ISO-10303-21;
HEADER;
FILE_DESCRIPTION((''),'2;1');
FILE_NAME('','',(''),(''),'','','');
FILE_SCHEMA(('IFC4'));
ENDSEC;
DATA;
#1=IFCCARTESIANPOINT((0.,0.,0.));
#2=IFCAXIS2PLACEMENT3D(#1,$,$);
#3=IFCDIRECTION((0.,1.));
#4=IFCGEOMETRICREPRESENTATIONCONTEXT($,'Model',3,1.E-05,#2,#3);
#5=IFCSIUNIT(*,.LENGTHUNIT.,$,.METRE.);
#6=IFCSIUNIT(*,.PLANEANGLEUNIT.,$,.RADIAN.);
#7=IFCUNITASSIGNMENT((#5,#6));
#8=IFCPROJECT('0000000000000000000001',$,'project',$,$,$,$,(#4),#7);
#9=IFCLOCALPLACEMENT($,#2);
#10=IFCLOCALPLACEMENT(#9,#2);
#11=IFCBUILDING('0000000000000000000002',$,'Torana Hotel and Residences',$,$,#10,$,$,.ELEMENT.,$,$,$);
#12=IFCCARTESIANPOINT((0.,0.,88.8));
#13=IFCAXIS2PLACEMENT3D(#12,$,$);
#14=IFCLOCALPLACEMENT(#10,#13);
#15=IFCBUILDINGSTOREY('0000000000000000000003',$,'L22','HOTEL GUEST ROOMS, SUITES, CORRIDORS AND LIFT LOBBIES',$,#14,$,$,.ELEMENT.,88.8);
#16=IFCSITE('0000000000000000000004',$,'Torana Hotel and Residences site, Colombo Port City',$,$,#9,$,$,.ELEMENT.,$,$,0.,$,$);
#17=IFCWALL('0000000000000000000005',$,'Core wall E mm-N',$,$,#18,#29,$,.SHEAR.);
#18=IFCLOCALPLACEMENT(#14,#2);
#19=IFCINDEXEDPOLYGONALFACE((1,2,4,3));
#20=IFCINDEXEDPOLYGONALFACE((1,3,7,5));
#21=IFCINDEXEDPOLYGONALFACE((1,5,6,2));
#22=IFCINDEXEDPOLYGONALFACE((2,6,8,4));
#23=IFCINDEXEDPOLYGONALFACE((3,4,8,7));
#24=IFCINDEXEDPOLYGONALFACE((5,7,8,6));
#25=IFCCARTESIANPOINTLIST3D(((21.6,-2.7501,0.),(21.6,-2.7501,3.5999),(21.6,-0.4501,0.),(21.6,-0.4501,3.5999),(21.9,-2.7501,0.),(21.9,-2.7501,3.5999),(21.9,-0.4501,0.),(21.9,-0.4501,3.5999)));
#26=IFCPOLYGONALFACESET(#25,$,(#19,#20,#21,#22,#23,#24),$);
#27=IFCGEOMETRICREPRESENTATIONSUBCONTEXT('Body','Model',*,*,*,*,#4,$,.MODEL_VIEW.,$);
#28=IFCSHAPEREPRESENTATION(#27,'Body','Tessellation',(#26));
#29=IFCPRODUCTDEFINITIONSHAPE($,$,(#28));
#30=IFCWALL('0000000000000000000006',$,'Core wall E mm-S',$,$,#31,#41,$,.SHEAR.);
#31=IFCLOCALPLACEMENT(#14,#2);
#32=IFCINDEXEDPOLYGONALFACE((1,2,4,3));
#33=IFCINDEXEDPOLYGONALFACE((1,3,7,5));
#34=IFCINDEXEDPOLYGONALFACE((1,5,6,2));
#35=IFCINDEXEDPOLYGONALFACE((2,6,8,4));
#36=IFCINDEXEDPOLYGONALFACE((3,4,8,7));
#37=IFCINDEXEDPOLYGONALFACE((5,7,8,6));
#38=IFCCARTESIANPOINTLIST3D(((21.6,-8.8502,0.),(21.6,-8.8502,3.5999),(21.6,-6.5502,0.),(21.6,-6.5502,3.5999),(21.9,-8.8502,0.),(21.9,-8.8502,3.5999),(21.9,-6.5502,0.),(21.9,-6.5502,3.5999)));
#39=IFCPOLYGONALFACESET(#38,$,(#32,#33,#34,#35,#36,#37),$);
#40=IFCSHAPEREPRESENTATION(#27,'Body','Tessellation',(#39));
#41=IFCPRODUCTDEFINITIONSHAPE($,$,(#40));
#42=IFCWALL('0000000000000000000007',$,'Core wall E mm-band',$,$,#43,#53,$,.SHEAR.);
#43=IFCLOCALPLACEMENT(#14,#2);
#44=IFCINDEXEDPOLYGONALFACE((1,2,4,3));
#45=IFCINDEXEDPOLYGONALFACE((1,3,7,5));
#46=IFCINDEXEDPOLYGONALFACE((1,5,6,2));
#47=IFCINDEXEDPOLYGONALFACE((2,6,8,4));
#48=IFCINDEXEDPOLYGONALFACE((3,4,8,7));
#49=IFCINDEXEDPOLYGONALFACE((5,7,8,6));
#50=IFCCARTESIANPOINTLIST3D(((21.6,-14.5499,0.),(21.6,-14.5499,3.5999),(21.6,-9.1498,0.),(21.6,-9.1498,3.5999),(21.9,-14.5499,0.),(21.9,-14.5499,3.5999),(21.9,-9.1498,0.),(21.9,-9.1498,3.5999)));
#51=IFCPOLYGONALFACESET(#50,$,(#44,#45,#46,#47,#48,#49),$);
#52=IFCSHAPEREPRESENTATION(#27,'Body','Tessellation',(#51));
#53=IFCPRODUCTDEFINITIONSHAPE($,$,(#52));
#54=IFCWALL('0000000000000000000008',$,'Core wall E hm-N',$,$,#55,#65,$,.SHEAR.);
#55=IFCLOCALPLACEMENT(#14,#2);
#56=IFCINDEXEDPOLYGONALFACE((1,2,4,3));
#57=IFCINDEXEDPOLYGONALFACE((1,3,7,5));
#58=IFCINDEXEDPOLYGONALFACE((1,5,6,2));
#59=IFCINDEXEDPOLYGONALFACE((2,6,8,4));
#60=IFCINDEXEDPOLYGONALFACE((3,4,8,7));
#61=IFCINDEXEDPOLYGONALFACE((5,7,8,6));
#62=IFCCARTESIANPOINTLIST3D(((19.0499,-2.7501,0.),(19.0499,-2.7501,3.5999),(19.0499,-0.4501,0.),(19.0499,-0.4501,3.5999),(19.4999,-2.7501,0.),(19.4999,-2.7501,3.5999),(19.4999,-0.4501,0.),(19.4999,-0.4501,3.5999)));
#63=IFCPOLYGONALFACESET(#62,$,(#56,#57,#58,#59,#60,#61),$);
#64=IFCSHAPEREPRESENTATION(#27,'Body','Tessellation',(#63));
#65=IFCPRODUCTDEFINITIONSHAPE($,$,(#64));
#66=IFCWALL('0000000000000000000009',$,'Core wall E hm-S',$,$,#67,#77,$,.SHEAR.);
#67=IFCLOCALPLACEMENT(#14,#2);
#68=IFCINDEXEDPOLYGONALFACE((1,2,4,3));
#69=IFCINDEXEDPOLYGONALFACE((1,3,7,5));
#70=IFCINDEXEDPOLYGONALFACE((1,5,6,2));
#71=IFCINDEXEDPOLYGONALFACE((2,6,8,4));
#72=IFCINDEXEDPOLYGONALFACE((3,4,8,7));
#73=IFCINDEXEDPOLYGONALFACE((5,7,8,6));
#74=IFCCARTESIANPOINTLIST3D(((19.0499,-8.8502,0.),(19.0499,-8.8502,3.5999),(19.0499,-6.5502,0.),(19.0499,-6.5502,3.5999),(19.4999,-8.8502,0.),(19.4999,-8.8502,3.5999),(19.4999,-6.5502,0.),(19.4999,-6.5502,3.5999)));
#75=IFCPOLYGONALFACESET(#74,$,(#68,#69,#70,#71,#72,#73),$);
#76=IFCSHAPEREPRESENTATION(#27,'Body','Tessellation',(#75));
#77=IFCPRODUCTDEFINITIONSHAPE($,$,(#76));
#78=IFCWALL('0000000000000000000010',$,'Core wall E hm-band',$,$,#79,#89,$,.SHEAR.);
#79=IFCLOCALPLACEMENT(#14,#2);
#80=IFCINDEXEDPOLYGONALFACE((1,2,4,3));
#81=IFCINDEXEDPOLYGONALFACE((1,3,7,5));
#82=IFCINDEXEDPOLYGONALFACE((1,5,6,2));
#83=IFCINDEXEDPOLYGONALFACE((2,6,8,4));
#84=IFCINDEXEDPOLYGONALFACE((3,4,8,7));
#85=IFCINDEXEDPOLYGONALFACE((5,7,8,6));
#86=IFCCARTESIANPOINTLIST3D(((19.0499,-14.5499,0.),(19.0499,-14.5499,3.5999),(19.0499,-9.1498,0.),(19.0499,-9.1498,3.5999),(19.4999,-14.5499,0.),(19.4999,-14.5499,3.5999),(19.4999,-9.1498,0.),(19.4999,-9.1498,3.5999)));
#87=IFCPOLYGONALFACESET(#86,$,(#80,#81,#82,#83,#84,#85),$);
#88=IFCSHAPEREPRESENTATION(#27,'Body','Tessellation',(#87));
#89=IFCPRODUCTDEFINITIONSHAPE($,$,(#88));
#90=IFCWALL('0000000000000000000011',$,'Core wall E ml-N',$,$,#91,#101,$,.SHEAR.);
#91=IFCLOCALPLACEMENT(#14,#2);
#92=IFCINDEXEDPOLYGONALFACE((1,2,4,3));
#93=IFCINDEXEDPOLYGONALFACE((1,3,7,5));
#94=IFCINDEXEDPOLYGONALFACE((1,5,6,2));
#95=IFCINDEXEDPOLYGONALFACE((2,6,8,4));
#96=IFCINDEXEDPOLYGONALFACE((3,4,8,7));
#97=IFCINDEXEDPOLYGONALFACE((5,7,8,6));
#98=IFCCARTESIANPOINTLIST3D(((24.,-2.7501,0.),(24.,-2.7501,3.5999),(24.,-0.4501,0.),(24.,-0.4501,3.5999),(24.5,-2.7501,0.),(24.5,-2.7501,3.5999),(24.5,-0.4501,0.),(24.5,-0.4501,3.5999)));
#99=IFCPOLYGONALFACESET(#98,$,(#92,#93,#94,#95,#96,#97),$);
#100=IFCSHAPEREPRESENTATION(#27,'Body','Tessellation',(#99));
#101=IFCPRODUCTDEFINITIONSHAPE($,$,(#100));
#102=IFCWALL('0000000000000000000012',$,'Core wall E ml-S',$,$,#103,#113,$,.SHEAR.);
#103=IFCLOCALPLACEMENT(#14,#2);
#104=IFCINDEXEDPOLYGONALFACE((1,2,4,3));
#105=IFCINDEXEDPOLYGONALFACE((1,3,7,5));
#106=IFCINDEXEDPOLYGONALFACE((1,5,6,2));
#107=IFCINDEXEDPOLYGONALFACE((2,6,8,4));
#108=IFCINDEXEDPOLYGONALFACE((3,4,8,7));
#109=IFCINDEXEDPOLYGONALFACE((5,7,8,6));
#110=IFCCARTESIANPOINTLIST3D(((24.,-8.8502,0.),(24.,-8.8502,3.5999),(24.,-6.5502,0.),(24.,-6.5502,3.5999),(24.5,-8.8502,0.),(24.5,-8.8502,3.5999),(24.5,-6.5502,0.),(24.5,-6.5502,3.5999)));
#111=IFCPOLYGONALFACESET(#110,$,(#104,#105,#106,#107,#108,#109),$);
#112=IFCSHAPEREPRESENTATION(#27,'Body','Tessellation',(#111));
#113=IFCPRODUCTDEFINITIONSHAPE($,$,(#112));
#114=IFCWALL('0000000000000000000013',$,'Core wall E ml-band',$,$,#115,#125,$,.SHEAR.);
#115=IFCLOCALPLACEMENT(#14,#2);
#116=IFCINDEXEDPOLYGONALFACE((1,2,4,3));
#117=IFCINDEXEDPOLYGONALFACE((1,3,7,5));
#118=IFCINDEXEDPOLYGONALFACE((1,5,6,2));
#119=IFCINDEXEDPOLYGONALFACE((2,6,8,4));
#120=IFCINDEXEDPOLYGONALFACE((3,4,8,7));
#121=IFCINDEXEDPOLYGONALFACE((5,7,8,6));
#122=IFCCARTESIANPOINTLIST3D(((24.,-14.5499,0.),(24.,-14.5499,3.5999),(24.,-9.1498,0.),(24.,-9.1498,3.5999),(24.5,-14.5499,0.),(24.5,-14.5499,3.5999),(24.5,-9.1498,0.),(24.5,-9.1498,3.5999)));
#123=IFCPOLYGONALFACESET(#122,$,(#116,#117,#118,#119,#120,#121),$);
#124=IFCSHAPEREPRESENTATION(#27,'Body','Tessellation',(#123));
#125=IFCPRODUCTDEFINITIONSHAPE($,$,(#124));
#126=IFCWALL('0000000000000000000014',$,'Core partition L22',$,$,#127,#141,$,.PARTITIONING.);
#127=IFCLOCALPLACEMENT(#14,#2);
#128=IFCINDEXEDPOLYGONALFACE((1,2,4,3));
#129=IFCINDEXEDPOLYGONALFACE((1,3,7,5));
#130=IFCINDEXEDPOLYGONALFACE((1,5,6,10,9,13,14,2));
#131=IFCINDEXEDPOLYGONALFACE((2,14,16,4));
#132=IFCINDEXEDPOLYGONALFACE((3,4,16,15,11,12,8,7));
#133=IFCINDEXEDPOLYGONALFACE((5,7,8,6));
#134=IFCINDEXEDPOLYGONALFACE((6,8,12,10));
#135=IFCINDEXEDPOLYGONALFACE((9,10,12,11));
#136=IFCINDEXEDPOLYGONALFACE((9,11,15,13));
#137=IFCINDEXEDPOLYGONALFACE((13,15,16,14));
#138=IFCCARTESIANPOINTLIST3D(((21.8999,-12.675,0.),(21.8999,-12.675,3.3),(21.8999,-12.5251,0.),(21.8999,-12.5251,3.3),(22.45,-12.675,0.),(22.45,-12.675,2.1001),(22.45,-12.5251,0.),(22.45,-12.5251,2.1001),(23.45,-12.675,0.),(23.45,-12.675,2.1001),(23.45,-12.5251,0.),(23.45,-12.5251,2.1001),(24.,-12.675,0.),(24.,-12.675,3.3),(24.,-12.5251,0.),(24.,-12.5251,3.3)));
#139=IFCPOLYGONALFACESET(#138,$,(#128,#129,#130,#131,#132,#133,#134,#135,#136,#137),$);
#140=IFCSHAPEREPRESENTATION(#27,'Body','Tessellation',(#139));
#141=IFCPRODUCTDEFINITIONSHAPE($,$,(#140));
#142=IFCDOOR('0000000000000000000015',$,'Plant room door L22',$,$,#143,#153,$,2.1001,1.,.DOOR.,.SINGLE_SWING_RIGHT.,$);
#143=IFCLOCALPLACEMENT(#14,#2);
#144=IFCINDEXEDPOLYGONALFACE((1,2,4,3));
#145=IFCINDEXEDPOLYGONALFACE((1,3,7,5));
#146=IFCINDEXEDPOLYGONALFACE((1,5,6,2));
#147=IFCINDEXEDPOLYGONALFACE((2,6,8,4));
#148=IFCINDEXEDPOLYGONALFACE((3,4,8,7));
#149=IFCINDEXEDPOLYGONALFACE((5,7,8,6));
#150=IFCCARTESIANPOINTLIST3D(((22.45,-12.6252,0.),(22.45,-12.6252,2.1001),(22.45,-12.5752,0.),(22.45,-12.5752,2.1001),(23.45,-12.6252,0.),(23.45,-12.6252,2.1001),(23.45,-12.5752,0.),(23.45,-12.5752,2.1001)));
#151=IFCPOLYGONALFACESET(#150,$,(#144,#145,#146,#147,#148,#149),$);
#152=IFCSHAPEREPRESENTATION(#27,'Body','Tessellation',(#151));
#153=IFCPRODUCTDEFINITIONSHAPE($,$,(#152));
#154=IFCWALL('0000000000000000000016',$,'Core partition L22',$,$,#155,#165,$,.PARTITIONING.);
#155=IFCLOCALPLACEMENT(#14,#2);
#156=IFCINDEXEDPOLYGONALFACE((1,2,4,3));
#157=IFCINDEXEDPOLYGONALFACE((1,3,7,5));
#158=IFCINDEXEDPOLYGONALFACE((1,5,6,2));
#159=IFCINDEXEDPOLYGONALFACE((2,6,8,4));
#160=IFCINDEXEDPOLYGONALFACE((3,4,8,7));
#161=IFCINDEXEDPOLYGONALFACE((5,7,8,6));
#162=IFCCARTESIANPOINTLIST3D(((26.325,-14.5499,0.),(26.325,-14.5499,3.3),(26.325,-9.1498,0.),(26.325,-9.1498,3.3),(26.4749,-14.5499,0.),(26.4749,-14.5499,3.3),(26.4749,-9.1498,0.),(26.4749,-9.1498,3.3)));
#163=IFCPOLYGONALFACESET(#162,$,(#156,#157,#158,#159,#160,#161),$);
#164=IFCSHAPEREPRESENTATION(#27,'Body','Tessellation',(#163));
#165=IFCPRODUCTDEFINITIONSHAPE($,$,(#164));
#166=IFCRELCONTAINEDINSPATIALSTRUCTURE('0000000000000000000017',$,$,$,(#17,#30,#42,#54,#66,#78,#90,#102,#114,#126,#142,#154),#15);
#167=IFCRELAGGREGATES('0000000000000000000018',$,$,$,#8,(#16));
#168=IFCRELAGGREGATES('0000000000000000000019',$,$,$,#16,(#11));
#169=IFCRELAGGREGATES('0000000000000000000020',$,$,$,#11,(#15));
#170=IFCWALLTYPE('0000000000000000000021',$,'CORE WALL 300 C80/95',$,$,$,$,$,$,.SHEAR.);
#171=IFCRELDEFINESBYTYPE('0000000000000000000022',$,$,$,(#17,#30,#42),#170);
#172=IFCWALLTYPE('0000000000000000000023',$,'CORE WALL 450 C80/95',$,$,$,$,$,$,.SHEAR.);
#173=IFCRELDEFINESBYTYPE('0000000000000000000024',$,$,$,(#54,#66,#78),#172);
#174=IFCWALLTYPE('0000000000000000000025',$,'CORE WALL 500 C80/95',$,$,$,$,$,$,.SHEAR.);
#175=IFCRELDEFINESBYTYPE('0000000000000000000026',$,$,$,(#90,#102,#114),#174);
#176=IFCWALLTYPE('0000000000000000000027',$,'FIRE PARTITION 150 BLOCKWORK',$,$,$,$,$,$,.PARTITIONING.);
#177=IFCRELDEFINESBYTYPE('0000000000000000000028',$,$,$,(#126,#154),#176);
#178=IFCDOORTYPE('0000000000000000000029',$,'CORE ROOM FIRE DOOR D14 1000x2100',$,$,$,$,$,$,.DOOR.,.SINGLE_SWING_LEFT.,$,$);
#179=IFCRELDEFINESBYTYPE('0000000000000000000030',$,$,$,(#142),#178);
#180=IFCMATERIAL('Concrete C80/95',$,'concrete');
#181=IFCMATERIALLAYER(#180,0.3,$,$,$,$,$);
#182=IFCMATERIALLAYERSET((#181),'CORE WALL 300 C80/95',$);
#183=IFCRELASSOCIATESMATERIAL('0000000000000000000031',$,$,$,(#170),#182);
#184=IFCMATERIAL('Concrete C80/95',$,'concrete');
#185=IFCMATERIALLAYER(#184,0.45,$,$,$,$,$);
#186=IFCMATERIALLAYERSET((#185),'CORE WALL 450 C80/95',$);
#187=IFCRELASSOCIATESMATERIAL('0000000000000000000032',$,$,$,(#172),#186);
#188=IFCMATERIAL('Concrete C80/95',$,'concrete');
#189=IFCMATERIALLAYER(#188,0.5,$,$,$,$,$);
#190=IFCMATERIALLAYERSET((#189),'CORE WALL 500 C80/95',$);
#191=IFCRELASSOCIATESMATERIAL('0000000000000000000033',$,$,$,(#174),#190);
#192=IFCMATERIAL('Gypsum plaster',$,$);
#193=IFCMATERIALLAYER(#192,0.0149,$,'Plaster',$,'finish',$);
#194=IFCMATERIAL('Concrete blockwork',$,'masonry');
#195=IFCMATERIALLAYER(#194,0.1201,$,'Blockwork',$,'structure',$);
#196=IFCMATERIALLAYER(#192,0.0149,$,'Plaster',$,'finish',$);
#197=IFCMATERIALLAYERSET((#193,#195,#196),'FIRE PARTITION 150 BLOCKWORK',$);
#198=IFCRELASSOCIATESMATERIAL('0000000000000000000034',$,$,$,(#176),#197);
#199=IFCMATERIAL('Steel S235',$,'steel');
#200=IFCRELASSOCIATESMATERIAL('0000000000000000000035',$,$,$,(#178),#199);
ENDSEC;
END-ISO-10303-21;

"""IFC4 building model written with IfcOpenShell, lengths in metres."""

from ifc_helpers import new_model, si_unit, direction, frame, frame_2d, origin, place, context, subcontext, project, spatial, rectangle, extrude, material, layer, layer_set, type_object, element, fill, save


model = new_model("IFC4")

# Units and contexts
model_context = context("Model", 3, precision=1e-05, world=origin(), true_north=direction((0.0, 1.0)))
body_context = subcontext(model_context, "Body", "Model", "MODEL_VIEW")
ifc_project = project(units=[si_unit("LENGTHUNIT", "METRE"), si_unit("PLANEANGLEUNIT", "RADIAN")], contexts=[model_context])

# Site, building, storey
site_placement = place(None, origin())
site = spatial("IfcSite", under=ifc_project, at=site_placement, Name="Torana Hotel and Residences site, Colombo Port City", CompositionType="ELEMENT", RefElevation=0.0)
building_placement = place(site_placement, origin())
building = spatial("IfcBuilding", under=site, at=building_placement, Name="Torana Hotel and Residences", CompositionType="ELEMENT")
storey_placement = place(building_placement, frame((0.0, 0.0, 88.8)))
storey = spatial("IfcBuildingStorey", under=building, at=storey_placement, Name="L22", Description="HOTEL GUEST ROOMS, SUITES, CORRIDORS AND LIFT LOBBIES", CompositionType="ELEMENT", Elevation=88.8)

# Walls
ifc_material_1 = material(Name="Concrete C80/95", Category="concrete")
ifc_layer_1 = layer(ifc_material_1, 0.3)
ifc_layer_set_1 = layer_set([ifc_layer_1], Name="CORE WALL 300 C80/95")
wall_type_1 = type_object("IfcWallType", Name="CORE WALL 300 C80/95", PredefinedType="SHEAR", material=ifc_layer_set_1)
for number, where, z_axis, x_axis, name in (
    (1, (21.75, -2.75, 0.0), (0.0, 0.0, 1.0), (0.0, 1.0, 0.0), "Core wall E mm-N"),
    (2, (21.75, -8.8501, 0.0), (0.0, 0.0, 1.0), (0.0, 1.0, 0.0), "Core wall E mm-S"),
):
    element("IfcWall", number, at=place(storey_placement, frame(where, z_axis=z_axis, x_axis=x_axis)), inside=storey, type_object=wall_type_1, Name=name, PredefinedType="SHEAR", context=body_context, shape_type="SweptSolid", body=[
        extrude(rectangle(XDim=2.3, YDim=0.3, at=frame_2d((1.1499, 0.0))), origin(), (0.0, 0.0, 1.0), 3.5999),
    ])
wall_1_placement = place(storey_placement, frame((21.75, -14.55, 0.0), z_axis=(0.0, 0.0, 1.0), x_axis=(0.0, 1.0, 0.0)))
element("IfcWall", 3, at=wall_1_placement, inside=storey, type_object=wall_type_1, Name="Core wall E mm-band", PredefinedType="SHEAR", context=body_context, shape_type="SweptSolid", body=[
    extrude(rectangle(XDim=5.4001, YDim=0.3, at=frame_2d((2.7002, 0.0))), origin(), (0.0, 0.0, 1.0), 3.5999),
])
ifc_material_2 = material(Name="Concrete C80/95", Category="concrete")
ifc_layer_2 = layer(ifc_material_2, 0.45)
ifc_layer_set_2 = layer_set([ifc_layer_2], Name="CORE WALL 450 C80/95")
wall_type_2 = type_object("IfcWallType", Name="CORE WALL 450 C80/95", PredefinedType="SHEAR", material=ifc_layer_set_2)
for number, where, z_axis, x_axis, name in (
    (4, (19.2749, -2.75, 0.0), (0.0, 0.0, 1.0), (0.0, 1.0, 0.0), "Core wall E hm-N"),
    (5, (19.2749, -8.8501, 0.0), (0.0, 0.0, 1.0), (0.0, 1.0, 0.0), "Core wall E hm-S"),
):
    element("IfcWall", number, at=place(storey_placement, frame(where, z_axis=z_axis, x_axis=x_axis)), inside=storey, type_object=wall_type_2, Name=name, PredefinedType="SHEAR", context=body_context, shape_type="SweptSolid", body=[
        extrude(rectangle(XDim=2.3, YDim=0.45, at=frame_2d((1.1499, 0.0))), origin(), (0.0, 0.0, 1.0), 3.5999),
    ])
wall_2_placement = place(storey_placement, frame((19.2749, -14.55, 0.0), z_axis=(0.0, 0.0, 1.0), x_axis=(0.0, 1.0, 0.0)))
element("IfcWall", 6, at=wall_2_placement, inside=storey, type_object=wall_type_2, Name="Core wall E hm-band", PredefinedType="SHEAR", context=body_context, shape_type="SweptSolid", body=[
    extrude(rectangle(XDim=5.4001, YDim=0.45, at=frame_2d((2.7002, 0.0))), origin(), (0.0, 0.0, 1.0), 3.5999),
])
ifc_material_3 = material(Name="Concrete C80/95", Category="concrete")
ifc_layer_3 = layer(ifc_material_3, 0.5)
ifc_layer_set_3 = layer_set([ifc_layer_3], Name="CORE WALL 500 C80/95")
wall_type_3 = type_object("IfcWallType", Name="CORE WALL 500 C80/95", PredefinedType="SHEAR", material=ifc_layer_set_3)
for number, where, z_axis, x_axis, name in (
    (7, (24.25, -2.75, 0.0), (0.0, 0.0, 1.0), (0.0, 1.0, 0.0), "Core wall E ml-N"),
    (8, (24.25, -8.8501, 0.0), (0.0, 0.0, 1.0), (0.0, 1.0, 0.0), "Core wall E ml-S"),
):
    element("IfcWall", number, at=place(storey_placement, frame(where, z_axis=z_axis, x_axis=x_axis)), inside=storey, type_object=wall_type_3, Name=name, PredefinedType="SHEAR", context=body_context, shape_type="SweptSolid", body=[
        extrude(rectangle(XDim=2.3, YDim=0.5, at=frame_2d((1.1499, 0.0))), origin(), (0.0, 0.0, 1.0), 3.5999),
    ])
wall_3_placement = place(storey_placement, frame((24.25, -14.55, 0.0), z_axis=(0.0, 0.0, 1.0), x_axis=(0.0, 1.0, 0.0)))
element("IfcWall", 9, at=wall_3_placement, inside=storey, type_object=wall_type_3, Name="Core wall E ml-band", PredefinedType="SHEAR", context=body_context, shape_type="SweptSolid", body=[
    extrude(rectangle(XDim=5.4001, YDim=0.5, at=frame_2d((2.7002, 0.0))), origin(), (0.0, 0.0, 1.0), 3.5999),
])

# Wall, opening, door
ifc_material_4 = material(Name="Gypsum plaster")
ifc_layer_4 = layer(ifc_material_4, 0.0149, Name="Plaster", Category="finish")
ifc_material_5 = material(Name="Concrete blockwork", Category="masonry")
ifc_layer_5 = layer(ifc_material_5, 0.1201, Name="Blockwork", Category="structure")
ifc_layer_6 = layer(ifc_material_4, 0.0149, Name="Plaster", Category="finish")
ifc_layer_set_4 = layer_set([ifc_layer_4, ifc_layer_5, ifc_layer_6], Name="FIRE PARTITION 150 BLOCKWORK")
wall_type_4 = type_object("IfcWallType", Name="FIRE PARTITION 150 BLOCKWORK", PredefinedType="PARTITIONING", material=ifc_layer_set_4)
wall_4_placement = place(storey_placement, frame((21.8999, -12.6001, 0.0), z_axis=(0.0, 0.0, 1.0), x_axis=(1.0, 0.0, 0.0)))
wall_4 = element("IfcWall", 10, at=wall_4_placement, inside=storey, type_object=wall_type_4, Name="Core partition L22", PredefinedType="PARTITIONING", context=body_context, shape_type="SweptSolid", body=[
    extrude(rectangle(XDim=2.1001, YDim=0.1499, at=frame_2d((1.05, 0.0))), origin(), (0.0, 0.0, 1.0), 3.3),
])
opening_placement = place(wall_4_placement, frame((0.55, 0.0, 0.0)))
opening = element("IfcOpeningElement", 11, at=opening_placement, cuts=wall_4, PredefinedType="OPENING", context=body_context, shape_type="SweptSolid", body=[
    extrude(rectangle(XDim=1.0, YDim=2.1001, at=frame_2d((0.5, 1.05))), frame((0.0, 0.085, 0.0), z_axis=(0.0, -1.0, 0.0), x_axis=(1.0, 0.0, 0.0)), (0.0, 0.0, 1.0), 0.1699),
])
ifc_material_6 = material(Name="Steel S235", Category="steel")
door_type = type_object("IfcDoorType", Name="CORE ROOM FIRE DOOR D14 1000x2100", OperationType="SINGLE_SWING_LEFT", PredefinedType="DOOR", material=ifc_material_6)
door_placement = place(opening_placement, origin())
door = element("IfcDoor", 12, at=door_placement, inside=storey, type_object=door_type, Name="Plant room door L22", OperationType="SINGLE_SWING_RIGHT", OverallHeight=2.1001, OverallWidth=1.0, PredefinedType="DOOR", context=body_context, shape_type="SweptSolid", body=[
    extrude(rectangle(XDim=1.0, YDim=2.1001, at=frame_2d((0.5, 1.05))), frame((0.0, 0.0249, 0.0), z_axis=(0.0, -1.0, 0.0), x_axis=(1.0, 0.0, 0.0)), (0.0, 0.0, 1.0), 0.05),
])
fill(opening, door)

# Wall
wall_5_placement = place(storey_placement, frame((26.3999, -14.55, 0.0), z_axis=(0.0, 0.0, 1.0), x_axis=(0.0, 1.0, 0.0)))
element("IfcWall", 13, at=wall_5_placement, inside=storey, type_object=wall_type_4, Name="Core partition L22", PredefinedType="PARTITIONING", context=body_context, shape_type="SweptSolid", body=[
    extrude(rectangle(XDim=5.4001, YDim=0.1499, at=frame_2d((2.7002, 0.0))), origin(), (0.0, 0.0, 1.0), 3.3),
])

save(model, "model.ifc")
